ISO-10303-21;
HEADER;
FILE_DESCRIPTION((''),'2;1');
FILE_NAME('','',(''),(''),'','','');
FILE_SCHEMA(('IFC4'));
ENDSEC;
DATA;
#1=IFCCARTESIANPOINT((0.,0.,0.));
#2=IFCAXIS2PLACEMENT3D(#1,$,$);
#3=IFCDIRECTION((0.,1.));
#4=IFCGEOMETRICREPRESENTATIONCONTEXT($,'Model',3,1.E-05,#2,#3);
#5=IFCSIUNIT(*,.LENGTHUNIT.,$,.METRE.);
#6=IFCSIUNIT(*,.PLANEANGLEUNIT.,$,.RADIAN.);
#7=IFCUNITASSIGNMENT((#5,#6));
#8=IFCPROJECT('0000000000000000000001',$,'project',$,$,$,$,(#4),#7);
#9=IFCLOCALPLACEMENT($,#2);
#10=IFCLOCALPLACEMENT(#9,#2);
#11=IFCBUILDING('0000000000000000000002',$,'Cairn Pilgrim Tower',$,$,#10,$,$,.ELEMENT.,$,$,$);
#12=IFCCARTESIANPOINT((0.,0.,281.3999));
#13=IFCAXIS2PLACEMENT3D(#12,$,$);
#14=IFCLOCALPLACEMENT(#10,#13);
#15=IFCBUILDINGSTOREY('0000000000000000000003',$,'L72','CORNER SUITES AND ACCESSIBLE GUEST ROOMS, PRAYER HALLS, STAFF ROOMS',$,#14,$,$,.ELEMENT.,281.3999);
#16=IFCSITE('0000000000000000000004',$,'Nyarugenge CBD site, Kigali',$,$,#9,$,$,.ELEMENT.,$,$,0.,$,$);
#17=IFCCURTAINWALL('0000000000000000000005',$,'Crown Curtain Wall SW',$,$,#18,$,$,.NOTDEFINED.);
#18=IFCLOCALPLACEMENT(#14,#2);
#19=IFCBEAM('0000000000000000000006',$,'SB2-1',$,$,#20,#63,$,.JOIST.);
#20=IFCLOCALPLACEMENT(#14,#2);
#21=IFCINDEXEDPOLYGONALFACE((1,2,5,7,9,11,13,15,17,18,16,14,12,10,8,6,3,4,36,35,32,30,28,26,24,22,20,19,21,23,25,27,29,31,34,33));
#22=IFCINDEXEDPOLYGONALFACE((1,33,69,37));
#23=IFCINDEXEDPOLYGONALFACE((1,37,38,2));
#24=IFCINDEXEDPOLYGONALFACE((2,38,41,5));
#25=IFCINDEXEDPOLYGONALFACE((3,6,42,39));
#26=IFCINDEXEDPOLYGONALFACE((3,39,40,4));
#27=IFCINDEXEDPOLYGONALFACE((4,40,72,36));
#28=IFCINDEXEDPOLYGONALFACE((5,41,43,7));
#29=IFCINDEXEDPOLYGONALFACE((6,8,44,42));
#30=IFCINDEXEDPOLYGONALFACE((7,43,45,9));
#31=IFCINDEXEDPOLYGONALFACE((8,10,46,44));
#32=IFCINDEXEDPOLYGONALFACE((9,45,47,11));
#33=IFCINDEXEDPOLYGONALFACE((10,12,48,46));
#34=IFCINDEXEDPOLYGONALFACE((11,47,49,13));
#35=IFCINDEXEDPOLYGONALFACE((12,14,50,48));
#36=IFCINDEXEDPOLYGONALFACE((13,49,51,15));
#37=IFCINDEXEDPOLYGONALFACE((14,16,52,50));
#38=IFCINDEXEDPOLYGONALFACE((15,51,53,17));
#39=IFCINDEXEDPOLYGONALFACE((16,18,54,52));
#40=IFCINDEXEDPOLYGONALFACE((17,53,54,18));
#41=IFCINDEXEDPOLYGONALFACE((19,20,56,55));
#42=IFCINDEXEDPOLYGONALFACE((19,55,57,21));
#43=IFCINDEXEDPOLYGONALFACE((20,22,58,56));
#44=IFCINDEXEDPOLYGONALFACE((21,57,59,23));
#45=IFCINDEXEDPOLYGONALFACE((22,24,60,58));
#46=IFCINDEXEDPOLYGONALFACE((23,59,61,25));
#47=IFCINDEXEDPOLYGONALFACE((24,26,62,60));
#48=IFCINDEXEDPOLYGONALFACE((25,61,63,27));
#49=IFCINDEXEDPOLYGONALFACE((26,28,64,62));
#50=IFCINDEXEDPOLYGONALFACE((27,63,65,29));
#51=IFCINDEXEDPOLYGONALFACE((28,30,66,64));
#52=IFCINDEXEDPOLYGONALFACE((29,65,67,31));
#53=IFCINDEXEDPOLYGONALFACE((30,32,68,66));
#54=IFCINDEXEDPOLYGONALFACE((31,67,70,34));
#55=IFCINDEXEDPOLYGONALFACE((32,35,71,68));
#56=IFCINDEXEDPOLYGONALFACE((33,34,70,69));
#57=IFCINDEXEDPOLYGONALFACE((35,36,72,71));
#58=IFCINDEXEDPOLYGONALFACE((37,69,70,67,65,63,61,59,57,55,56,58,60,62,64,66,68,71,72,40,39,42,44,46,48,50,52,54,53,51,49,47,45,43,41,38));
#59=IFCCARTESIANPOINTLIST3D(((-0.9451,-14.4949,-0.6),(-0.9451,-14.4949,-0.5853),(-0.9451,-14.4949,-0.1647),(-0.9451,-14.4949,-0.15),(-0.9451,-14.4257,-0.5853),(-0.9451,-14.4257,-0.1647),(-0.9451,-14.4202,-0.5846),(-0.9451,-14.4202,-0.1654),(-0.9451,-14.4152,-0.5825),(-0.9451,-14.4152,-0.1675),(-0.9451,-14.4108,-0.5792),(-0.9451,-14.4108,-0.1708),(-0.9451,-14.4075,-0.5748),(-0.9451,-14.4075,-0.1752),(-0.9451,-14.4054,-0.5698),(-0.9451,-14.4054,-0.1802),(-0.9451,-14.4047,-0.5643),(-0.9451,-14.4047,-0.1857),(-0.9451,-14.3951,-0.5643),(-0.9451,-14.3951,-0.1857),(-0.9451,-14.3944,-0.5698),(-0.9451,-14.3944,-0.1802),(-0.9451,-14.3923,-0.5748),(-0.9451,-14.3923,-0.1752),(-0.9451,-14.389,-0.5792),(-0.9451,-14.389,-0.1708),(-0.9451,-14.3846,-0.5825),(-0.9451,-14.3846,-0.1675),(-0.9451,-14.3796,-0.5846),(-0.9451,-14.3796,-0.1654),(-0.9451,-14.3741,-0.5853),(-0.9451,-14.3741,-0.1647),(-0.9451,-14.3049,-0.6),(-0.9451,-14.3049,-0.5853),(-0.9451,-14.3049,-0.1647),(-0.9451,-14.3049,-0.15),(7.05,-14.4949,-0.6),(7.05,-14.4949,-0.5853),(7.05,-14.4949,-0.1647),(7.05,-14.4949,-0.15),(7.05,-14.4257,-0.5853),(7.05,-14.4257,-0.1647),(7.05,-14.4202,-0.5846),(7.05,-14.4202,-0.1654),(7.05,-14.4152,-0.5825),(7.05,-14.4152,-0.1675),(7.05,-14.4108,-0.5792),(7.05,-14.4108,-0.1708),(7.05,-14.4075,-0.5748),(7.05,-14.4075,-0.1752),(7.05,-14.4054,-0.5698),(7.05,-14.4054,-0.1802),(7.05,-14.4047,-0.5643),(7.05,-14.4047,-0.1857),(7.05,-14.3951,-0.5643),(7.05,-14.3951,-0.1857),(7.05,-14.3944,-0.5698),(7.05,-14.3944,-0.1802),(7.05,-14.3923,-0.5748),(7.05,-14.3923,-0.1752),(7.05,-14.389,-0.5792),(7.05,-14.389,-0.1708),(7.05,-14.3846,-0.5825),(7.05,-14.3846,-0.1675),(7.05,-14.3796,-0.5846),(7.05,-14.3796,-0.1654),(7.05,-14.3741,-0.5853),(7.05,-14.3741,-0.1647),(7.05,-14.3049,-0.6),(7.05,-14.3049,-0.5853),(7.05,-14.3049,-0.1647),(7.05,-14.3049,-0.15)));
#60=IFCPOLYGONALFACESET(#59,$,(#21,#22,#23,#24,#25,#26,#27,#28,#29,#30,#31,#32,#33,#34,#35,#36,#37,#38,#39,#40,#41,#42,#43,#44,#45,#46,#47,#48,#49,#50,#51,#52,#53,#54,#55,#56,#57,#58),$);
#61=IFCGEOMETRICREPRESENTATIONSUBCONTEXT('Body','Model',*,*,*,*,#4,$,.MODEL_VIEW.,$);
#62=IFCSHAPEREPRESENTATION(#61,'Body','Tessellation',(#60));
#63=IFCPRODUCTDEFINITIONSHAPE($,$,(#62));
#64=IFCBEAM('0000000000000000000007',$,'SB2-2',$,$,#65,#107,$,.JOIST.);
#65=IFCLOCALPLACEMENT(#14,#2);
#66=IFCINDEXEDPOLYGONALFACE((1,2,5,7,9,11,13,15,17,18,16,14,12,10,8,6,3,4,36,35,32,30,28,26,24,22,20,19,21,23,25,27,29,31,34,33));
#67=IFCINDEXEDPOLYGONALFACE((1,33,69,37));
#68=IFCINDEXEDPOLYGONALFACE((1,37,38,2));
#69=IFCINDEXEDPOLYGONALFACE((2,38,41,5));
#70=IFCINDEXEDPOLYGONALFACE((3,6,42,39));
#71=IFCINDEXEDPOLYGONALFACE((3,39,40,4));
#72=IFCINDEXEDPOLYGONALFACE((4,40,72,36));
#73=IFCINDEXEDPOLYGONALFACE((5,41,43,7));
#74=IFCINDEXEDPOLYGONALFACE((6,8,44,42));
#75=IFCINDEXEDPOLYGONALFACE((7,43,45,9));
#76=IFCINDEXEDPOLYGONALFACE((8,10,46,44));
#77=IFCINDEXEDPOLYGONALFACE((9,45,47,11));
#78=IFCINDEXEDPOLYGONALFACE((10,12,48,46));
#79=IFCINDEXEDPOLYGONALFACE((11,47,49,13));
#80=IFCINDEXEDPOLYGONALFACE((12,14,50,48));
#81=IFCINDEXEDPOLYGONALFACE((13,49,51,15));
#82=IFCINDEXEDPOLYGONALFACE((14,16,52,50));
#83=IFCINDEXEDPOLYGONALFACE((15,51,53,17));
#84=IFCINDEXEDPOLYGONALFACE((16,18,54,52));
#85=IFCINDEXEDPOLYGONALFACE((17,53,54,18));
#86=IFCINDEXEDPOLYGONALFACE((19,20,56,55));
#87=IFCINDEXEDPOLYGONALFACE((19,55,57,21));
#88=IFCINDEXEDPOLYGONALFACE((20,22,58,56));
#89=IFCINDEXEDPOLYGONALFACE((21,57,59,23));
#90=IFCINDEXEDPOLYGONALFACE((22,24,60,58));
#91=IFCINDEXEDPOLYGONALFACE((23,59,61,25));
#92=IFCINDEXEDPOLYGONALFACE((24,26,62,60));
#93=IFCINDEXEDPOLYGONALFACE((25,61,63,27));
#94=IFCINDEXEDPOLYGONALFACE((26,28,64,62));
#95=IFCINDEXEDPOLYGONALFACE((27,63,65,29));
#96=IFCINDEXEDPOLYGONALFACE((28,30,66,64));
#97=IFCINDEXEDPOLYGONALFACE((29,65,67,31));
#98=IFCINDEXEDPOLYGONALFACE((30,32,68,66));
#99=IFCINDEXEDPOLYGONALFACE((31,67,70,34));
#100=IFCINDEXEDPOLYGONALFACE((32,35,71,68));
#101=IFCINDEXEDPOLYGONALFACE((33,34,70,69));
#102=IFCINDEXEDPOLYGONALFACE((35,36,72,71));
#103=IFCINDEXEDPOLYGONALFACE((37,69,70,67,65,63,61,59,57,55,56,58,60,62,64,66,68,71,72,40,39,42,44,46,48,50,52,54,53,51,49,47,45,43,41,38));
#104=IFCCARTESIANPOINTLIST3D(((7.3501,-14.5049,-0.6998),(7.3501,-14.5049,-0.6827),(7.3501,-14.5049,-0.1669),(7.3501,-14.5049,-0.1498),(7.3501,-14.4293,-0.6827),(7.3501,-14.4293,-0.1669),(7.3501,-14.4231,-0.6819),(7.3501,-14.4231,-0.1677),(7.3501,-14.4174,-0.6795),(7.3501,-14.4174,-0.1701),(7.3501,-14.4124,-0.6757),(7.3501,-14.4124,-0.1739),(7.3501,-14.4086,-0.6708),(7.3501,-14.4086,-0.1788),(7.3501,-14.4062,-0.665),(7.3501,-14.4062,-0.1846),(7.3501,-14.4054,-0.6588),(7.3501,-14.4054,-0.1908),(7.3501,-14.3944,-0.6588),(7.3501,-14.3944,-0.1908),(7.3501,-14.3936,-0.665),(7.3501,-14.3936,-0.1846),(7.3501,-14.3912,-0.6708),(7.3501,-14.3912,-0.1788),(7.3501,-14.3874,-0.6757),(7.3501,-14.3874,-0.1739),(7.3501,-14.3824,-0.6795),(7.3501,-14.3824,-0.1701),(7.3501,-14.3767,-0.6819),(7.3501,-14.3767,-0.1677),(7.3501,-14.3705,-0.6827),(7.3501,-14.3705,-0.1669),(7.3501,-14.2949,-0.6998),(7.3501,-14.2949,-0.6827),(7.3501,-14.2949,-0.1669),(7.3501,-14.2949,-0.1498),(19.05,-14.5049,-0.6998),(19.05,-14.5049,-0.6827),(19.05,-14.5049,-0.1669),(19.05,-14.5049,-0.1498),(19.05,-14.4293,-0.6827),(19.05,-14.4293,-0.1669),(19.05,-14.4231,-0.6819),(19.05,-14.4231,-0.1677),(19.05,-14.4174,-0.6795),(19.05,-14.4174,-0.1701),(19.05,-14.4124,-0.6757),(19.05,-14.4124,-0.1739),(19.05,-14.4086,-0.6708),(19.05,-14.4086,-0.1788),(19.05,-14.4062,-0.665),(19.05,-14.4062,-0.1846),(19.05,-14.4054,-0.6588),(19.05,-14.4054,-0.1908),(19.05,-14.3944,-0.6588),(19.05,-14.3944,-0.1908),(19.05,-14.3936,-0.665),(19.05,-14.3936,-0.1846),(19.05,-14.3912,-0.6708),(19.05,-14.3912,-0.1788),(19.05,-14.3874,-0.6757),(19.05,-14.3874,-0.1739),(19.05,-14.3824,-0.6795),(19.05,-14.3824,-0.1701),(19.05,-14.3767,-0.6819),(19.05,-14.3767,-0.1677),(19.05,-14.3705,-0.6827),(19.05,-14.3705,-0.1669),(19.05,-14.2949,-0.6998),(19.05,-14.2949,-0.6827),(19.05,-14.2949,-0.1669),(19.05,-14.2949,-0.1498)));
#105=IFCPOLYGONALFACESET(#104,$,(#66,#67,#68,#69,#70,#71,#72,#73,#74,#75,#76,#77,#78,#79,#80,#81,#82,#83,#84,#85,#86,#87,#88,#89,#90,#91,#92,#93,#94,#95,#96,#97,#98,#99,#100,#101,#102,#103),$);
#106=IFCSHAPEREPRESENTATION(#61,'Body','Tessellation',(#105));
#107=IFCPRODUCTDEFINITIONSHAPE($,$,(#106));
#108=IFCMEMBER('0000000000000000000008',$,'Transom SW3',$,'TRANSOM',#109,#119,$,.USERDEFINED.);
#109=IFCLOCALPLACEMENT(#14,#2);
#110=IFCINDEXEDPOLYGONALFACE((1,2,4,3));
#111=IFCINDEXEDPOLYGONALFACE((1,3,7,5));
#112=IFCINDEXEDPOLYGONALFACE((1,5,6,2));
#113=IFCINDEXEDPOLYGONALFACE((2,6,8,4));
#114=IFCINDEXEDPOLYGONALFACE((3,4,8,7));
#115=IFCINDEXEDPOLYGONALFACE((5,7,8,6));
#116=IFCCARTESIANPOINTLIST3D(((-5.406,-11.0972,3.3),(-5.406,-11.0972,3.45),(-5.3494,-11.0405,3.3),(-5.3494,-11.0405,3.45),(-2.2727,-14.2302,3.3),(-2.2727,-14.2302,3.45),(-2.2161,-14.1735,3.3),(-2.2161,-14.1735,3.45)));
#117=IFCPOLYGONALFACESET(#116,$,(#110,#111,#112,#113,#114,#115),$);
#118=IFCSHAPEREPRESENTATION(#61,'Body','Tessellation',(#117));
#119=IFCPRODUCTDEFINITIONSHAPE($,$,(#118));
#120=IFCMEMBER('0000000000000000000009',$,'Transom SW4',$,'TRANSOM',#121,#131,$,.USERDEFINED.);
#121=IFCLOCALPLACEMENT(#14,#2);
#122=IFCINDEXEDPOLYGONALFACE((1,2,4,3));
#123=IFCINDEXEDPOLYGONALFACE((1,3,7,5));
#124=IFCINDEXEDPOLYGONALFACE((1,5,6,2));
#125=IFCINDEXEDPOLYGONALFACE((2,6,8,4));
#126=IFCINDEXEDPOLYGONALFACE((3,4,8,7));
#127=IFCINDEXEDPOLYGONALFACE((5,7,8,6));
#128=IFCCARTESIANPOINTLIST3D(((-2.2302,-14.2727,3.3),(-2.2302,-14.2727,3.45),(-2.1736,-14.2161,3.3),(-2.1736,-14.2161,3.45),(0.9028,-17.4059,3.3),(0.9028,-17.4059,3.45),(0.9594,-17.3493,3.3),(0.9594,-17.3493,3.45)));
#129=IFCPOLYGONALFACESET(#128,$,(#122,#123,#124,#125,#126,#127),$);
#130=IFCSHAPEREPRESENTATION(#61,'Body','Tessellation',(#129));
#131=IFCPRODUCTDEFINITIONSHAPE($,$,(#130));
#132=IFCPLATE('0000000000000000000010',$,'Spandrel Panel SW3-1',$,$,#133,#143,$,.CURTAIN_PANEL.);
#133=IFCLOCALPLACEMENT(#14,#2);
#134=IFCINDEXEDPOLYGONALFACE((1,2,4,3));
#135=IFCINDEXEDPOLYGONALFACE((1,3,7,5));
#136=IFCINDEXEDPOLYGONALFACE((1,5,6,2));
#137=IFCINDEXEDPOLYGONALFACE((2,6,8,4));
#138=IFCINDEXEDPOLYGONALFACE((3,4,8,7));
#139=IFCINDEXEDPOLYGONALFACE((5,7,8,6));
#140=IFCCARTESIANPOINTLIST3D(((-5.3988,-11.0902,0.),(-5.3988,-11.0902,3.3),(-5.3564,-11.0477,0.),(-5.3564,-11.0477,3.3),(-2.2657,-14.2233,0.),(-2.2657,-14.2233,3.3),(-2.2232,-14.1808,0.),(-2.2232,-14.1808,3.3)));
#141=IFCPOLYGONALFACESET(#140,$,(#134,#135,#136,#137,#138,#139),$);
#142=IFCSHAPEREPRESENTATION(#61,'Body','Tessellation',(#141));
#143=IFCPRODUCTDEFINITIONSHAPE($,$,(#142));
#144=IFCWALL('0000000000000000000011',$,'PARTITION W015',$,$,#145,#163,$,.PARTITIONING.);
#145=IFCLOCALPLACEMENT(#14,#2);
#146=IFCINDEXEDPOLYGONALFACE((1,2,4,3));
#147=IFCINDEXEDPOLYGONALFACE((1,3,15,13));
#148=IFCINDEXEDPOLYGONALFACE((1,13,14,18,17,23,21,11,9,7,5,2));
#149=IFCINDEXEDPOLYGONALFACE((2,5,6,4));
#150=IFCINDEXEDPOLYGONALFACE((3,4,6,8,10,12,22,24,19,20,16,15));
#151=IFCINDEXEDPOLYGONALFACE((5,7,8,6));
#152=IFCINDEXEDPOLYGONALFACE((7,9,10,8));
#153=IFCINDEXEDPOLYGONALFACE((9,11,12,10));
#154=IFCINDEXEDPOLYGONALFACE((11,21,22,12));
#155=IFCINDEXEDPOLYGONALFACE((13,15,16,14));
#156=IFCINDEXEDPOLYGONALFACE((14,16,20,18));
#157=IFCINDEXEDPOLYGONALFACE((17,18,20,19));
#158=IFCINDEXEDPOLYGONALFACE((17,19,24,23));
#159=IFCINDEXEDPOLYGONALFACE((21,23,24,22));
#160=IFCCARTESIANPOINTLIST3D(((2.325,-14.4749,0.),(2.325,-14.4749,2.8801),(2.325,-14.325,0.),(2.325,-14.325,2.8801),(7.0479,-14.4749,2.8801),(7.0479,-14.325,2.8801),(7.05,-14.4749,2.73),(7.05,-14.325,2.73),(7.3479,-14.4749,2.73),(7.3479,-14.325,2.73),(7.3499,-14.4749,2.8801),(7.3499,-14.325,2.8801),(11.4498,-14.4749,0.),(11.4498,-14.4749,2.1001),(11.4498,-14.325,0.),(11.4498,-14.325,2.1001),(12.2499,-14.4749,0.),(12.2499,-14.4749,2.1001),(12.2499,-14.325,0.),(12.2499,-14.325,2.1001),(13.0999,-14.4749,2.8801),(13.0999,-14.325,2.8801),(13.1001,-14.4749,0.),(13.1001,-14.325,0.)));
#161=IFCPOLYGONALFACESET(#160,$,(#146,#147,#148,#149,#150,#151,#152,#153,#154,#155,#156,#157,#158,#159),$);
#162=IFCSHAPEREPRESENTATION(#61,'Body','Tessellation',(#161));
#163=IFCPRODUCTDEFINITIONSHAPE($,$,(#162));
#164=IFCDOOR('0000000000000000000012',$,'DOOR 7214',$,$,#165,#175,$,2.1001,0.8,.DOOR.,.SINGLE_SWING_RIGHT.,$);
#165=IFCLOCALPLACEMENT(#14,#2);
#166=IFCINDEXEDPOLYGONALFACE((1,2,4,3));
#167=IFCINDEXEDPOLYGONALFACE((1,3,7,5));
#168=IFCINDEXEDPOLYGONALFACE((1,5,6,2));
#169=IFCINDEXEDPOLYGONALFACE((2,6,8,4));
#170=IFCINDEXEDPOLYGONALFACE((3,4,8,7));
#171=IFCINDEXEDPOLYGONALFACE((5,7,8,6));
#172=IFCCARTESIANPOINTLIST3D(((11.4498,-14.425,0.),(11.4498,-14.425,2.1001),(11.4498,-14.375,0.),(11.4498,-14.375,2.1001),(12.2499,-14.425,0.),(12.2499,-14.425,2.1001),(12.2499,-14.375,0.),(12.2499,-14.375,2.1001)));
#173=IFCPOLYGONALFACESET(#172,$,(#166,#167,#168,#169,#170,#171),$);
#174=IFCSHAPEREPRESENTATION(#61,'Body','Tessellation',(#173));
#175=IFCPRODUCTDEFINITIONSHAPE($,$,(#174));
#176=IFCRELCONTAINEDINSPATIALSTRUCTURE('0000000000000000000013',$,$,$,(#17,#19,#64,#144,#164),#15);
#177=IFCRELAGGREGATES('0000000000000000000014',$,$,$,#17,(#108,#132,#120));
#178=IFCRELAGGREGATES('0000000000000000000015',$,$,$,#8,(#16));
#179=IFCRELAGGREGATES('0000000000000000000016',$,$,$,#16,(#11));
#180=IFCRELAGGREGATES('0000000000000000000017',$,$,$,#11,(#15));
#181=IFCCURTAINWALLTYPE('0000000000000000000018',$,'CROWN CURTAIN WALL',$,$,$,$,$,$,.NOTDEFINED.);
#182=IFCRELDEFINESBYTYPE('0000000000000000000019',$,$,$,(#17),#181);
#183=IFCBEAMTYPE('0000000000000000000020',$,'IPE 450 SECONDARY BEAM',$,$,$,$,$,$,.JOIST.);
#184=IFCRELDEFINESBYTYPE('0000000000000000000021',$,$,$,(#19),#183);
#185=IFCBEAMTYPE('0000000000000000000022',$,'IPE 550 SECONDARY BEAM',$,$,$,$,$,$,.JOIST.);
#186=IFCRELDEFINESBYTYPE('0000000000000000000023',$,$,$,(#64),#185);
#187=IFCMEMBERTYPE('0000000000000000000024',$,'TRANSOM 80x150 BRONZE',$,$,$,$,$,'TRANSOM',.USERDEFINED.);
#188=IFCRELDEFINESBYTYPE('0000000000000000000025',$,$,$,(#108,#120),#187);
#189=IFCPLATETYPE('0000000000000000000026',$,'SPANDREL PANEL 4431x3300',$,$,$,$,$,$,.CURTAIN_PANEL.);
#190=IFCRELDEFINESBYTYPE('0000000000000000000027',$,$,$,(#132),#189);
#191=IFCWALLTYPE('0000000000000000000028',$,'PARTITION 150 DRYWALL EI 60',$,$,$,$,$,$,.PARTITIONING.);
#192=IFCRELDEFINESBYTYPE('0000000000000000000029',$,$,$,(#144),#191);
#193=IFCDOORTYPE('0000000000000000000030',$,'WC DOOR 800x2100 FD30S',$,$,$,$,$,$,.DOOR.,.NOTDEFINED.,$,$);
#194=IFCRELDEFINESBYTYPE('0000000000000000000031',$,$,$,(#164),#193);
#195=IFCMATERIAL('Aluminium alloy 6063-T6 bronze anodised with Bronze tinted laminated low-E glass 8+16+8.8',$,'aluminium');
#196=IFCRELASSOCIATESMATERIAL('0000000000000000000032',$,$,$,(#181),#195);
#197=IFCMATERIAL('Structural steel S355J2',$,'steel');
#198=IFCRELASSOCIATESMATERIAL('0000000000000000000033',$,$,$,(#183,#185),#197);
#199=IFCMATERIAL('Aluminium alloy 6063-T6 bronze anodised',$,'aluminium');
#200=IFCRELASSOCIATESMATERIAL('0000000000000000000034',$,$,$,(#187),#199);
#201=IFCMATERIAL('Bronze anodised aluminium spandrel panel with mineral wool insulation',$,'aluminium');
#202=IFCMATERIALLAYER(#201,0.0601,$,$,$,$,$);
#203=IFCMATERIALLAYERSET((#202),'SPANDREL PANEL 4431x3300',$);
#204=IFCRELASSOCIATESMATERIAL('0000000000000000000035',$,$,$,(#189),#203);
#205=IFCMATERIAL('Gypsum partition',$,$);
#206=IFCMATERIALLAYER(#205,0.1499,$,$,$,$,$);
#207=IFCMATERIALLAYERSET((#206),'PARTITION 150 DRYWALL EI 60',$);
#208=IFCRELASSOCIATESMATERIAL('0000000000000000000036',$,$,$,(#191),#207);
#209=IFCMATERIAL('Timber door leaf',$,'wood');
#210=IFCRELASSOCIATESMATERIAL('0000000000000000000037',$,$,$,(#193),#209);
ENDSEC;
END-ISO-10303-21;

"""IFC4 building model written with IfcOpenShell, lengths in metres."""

from ifc_helpers import new_model, si_unit, direction, frame, frame_2d, origin, origin_2d, place, context, subcontext, project, spatial, polyline, rectangle, i_section, outline, extrude, material, layer, layer_set, material_profile, profile_set, type_object, element, fill, aggregate, save


model = new_model("IFC4")

# Units and contexts
model_context = context("Model", 3, precision=1e-05, world=origin(), true_north=direction((0.0, 1.0)))
body_context = subcontext(model_context, "Body", "Model", "MODEL_VIEW")
ifc_project = project(units=[si_unit("LENGTHUNIT", "METRE"), si_unit("PLANEANGLEUNIT", "RADIAN")], contexts=[model_context])

# Site, building, storey
site_placement = place(None, origin())
site = spatial("IfcSite", under=ifc_project, at=site_placement, Name="Nyarugenge CBD site, Kigali", CompositionType="ELEMENT", RefElevation=0.0)
building_placement = place(site_placement, origin())
building = spatial("IfcBuilding", under=site, at=building_placement, Name="Cairn Pilgrim Tower", CompositionType="ELEMENT")
storey_placement = place(building_placement, frame((0.0, 0.0, 281.3999)))
storey = spatial("IfcBuildingStorey", under=building, at=storey_placement, Name="L72", Description="CORNER SUITES AND ACCESSIBLE GUEST ROOMS, PRAYER HALLS, STAFF ROOMS", CompositionType="ELEMENT", Elevation=281.3999)

# Shared definitions
ifc_material_1 = material(Name="Structural steel S355J2", Category="steel")

# Curtain wall
ifc_material_2 = material(Name="Aluminium alloy 6063-T6 bronze anodised with Bronze tinted laminated low-E glass 8+16+8.8", Category="aluminium")
curtain_wall_type = type_object("IfcCurtainWallType", Name="CROWN CURTAIN WALL", PredefinedType="NOTDEFINED", material=ifc_material_2)
curtain_wall_placement = place(storey_placement, origin())
curtain_wall = element("IfcCurtainWall", 1, at=curtain_wall_placement, inside=storey, type_object=curtain_wall_type, Name="Crown Curtain Wall SW", PredefinedType="NOTDEFINED")
ifc_material_3 = material(Name="Aluminium alloy 6063-T6 bronze anodised", Category="aluminium")

# Beams
ifc_material_profile_1 = material_profile(ifc_material_1, i_section(OverallWidth=0.1899, OverallDepth=0.45, WebThickness=0.0095, FlangeThickness=0.0146, FilletRadius=0.021, at=origin_2d()), Name="IPE 450")
ifc_profile_set_1 = profile_set([ifc_material_profile_1], Name="Structural steel S355J2")
beam_type_1 = type_object("IfcBeamType", Name="IPE 450 SECONDARY BEAM", PredefinedType="JOIST", material=ifc_profile_set_1)
beam_1_placement = place(storey_placement, frame((-0.9451, -14.3999, -0.375), z_axis=(1.0, 0.0, 0.0), x_axis=(0.0, 1.0, 0.0)))
element("IfcBeam", 2, at=beam_1_placement, inside=storey, type_object=beam_type_1, Name="SB2-1", PredefinedType="JOIST", context=body_context, shape_type="SweptSolid", body=[
    extrude(i_section(OverallWidth=0.1899, OverallDepth=0.45, WebThickness=0.0095, FlangeThickness=0.0146, FilletRadius=0.021, at=origin_2d()), origin(), (0.0, 0.0, 1.0), 7.9951),
])
ifc_material_profile_2 = material_profile(ifc_material_1, i_section(OverallWidth=0.21, OverallDepth=0.55, WebThickness=0.011, FlangeThickness=0.0171, FilletRadius=0.0239, at=origin_2d()), Name="IPE 550")
ifc_profile_set_2 = profile_set([ifc_material_profile_2], Name="Structural steel S355J2")
beam_type_2 = type_object("IfcBeamType", Name="IPE 550 SECONDARY BEAM", PredefinedType="JOIST", material=ifc_profile_set_2)
beam_2_placement = place(storey_placement, frame((7.3501, -14.3999, -0.4248), z_axis=(1.0, 0.0, 0.0), x_axis=(0.0, 1.0, 0.0)))
element("IfcBeam", 3, at=beam_2_placement, inside=storey, type_object=beam_type_2, Name="SB2-2", PredefinedType="JOIST", context=body_context, shape_type="SweptSolid", body=[
    extrude(i_section(OverallWidth=0.21, OverallDepth=0.55, WebThickness=0.011, FlangeThickness=0.0171, FilletRadius=0.0239, at=origin_2d()), origin(), (0.0, 0.0, 1.0), 11.7),
])

# Members
ifc_material_profile_3 = material_profile(ifc_material_3, rectangle(XDim=0.0801, YDim=0.1499, at=origin_2d()), Name="TRANSOM 80x150 BRONZE")
ifc_profile_set_3 = profile_set([ifc_material_profile_3], Name="Aluminium alloy 6063-T6 bronze anodised")
member_type_1 = type_object("IfcMemberType", Name="TRANSOM 80x150 BRONZE", ElementType="TRANSOM", PredefinedType="USERDEFINED", material=ifc_profile_set_3)
member_1_placement = place(storey_placement, frame((-5.3777, -11.0688, 3.375), z_axis=(0.707134, -0.707079, 0.0), x_axis=(0.707079, 0.707134, 0.0)))
member_1 = element("IfcMember", 4, at=member_1_placement, type_object=member_type_1, Name="Transom SW3", ObjectType="TRANSOM", PredefinedType="USERDEFINED", context=body_context, shape_type="SweptSolid", body=[
    extrude(rectangle(XDim=0.0801, YDim=0.1499, at=origin_2d()), origin(), (0.0, 0.0, 1.0), 4.4309),
])
member_2_placement = place(storey_placement, frame((-2.2019, -14.2444, 3.375), z_axis=(0.707079, -0.707134, 0.0), x_axis=(0.707134, 0.707079, 0.0)))
member_2 = element("IfcMember", 5, at=member_2_placement, type_object=member_type_1, Name="Transom SW4", ObjectType="TRANSOM", PredefinedType="USERDEFINED", context=body_context, shape_type="SweptSolid", body=[
    extrude(rectangle(XDim=0.0801, YDim=0.1499, at=origin_2d()), origin(), (0.0, 0.0, 1.0), 4.4309),
])

# Plate
ifc_material_4 = material(Name="Bronze anodised aluminium spandrel panel with mineral wool insulation", Category="aluminium")
ifc_layer_1 = layer(ifc_material_4, 0.0601)
ifc_layer_set_1 = layer_set([ifc_layer_1], Name="SPANDREL PANEL 4431x3300")
plate_type = type_object("IfcPlateType", Name="SPANDREL PANEL 4431x3300", PredefinedType="CURTAIN_PANEL", material=ifc_layer_set_1)
plate_placement = place(storey_placement, frame((-3.811, -12.6355, 0.0), z_axis=(0.0, 0.0, 1.0), x_axis=(0.707107, -0.707107, 0.0)))
plate = element("IfcPlate", 6, at=plate_placement, type_object=plate_type, Name="Spandrel Panel SW3-1", PredefinedType="CURTAIN_PANEL", context=body_context, shape_type="SweptSolid", body=[
    extrude(rectangle(XDim=4.4309, YDim=0.0601, at=origin_2d()), origin(), (0.0, 0.0, 1.0), 3.3),
])
aggregate(curtain_wall, [member_1, plate, member_2])

# Wall, opening, door
ifc_material_5 = material(Name="Gypsum partition")
ifc_layer_2 = layer(ifc_material_5, 0.1499)
ifc_layer_set_2 = layer_set([ifc_layer_2], Name="PARTITION 150 DRYWALL EI 60")
wall_type_1 = type_object("IfcWallType", Name="PARTITION 150 DRYWALL EI 60", PredefinedType="PARTITIONING", material=ifc_layer_set_2)
wall_1_placement = place(storey_placement, frame((2.325, -14.3999, 0.0), z_axis=(0.0, 0.0, 1.0), x_axis=(1.0, 0.0, 0.0)))
wall_1 = element("IfcWall", 7, at=wall_1_placement, inside=storey, type_object=wall_type_1, Name="PARTITION W015", PredefinedType="PARTITIONING", context=body_context, shape_type="SweptSolid", body=[
    extrude(outline(polyline([(0.0, 0.0), (10.7751, 0.0), (10.7749, 2.8801), (5.0249, 2.8801), (5.0229, 2.73), (4.7251, 2.73), (4.7229, 2.8801), (0.0, 2.8801), (0.0, 0.0)])), frame((0.0, 0.075, 0.0), z_axis=(0.0, -1.0, 0.0), x_axis=(1.0, 0.0, 0.0)), (0.0, 0.0, 1.0), 0.1499),
])
opening_1_placement = place(wall_1_placement, frame((9.125, 0.0, 0.0)))
opening_1 = element("IfcOpeningElement", 8, at=opening_1_placement, cuts=wall_1, PredefinedType="OPENING", context=body_context, shape_type="SweptSolid", body=[
    extrude(rectangle(XDim=0.8, YDim=2.1001, at=frame_2d((0.3999, 1.05))), frame((0.0, 0.085, 0.0), z_axis=(0.0, -1.0, 0.0), x_axis=(1.0, 0.0, 0.0)), (0.0, 0.0, 1.0), 0.1699),
])
ifc_material_6 = material(Name="Timber door leaf", Category="wood")
door_type_1 = type_object("IfcDoorType", Name="WC DOOR 800x2100 FD30S", OperationType="NOTDEFINED", PredefinedType="DOOR", material=ifc_material_6)
door_1_placement = place(opening_1_placement, origin())
door_1 = element("IfcDoor", 9, at=door_1_placement, inside=storey, type_object=door_type_1, Name="DOOR 7214", OperationType="SINGLE_SWING_RIGHT", OverallHeight=2.1001, OverallWidth=0.8, PredefinedType="DOOR", context=body_context, shape_type="SweptSolid", body=[
    extrude(rectangle(XDim=0.8, YDim=2.1001, at=frame_2d((0.3999, 1.05))), frame((0.0, 0.0249, 0.0), z_axis=(0.0, -1.0, 0.0), x_axis=(1.0, 0.0, 0.0)), (0.0, 0.0, 1.0), 0.05),
])
fill(opening_1, door_1)

save(model, "model.ifc")
